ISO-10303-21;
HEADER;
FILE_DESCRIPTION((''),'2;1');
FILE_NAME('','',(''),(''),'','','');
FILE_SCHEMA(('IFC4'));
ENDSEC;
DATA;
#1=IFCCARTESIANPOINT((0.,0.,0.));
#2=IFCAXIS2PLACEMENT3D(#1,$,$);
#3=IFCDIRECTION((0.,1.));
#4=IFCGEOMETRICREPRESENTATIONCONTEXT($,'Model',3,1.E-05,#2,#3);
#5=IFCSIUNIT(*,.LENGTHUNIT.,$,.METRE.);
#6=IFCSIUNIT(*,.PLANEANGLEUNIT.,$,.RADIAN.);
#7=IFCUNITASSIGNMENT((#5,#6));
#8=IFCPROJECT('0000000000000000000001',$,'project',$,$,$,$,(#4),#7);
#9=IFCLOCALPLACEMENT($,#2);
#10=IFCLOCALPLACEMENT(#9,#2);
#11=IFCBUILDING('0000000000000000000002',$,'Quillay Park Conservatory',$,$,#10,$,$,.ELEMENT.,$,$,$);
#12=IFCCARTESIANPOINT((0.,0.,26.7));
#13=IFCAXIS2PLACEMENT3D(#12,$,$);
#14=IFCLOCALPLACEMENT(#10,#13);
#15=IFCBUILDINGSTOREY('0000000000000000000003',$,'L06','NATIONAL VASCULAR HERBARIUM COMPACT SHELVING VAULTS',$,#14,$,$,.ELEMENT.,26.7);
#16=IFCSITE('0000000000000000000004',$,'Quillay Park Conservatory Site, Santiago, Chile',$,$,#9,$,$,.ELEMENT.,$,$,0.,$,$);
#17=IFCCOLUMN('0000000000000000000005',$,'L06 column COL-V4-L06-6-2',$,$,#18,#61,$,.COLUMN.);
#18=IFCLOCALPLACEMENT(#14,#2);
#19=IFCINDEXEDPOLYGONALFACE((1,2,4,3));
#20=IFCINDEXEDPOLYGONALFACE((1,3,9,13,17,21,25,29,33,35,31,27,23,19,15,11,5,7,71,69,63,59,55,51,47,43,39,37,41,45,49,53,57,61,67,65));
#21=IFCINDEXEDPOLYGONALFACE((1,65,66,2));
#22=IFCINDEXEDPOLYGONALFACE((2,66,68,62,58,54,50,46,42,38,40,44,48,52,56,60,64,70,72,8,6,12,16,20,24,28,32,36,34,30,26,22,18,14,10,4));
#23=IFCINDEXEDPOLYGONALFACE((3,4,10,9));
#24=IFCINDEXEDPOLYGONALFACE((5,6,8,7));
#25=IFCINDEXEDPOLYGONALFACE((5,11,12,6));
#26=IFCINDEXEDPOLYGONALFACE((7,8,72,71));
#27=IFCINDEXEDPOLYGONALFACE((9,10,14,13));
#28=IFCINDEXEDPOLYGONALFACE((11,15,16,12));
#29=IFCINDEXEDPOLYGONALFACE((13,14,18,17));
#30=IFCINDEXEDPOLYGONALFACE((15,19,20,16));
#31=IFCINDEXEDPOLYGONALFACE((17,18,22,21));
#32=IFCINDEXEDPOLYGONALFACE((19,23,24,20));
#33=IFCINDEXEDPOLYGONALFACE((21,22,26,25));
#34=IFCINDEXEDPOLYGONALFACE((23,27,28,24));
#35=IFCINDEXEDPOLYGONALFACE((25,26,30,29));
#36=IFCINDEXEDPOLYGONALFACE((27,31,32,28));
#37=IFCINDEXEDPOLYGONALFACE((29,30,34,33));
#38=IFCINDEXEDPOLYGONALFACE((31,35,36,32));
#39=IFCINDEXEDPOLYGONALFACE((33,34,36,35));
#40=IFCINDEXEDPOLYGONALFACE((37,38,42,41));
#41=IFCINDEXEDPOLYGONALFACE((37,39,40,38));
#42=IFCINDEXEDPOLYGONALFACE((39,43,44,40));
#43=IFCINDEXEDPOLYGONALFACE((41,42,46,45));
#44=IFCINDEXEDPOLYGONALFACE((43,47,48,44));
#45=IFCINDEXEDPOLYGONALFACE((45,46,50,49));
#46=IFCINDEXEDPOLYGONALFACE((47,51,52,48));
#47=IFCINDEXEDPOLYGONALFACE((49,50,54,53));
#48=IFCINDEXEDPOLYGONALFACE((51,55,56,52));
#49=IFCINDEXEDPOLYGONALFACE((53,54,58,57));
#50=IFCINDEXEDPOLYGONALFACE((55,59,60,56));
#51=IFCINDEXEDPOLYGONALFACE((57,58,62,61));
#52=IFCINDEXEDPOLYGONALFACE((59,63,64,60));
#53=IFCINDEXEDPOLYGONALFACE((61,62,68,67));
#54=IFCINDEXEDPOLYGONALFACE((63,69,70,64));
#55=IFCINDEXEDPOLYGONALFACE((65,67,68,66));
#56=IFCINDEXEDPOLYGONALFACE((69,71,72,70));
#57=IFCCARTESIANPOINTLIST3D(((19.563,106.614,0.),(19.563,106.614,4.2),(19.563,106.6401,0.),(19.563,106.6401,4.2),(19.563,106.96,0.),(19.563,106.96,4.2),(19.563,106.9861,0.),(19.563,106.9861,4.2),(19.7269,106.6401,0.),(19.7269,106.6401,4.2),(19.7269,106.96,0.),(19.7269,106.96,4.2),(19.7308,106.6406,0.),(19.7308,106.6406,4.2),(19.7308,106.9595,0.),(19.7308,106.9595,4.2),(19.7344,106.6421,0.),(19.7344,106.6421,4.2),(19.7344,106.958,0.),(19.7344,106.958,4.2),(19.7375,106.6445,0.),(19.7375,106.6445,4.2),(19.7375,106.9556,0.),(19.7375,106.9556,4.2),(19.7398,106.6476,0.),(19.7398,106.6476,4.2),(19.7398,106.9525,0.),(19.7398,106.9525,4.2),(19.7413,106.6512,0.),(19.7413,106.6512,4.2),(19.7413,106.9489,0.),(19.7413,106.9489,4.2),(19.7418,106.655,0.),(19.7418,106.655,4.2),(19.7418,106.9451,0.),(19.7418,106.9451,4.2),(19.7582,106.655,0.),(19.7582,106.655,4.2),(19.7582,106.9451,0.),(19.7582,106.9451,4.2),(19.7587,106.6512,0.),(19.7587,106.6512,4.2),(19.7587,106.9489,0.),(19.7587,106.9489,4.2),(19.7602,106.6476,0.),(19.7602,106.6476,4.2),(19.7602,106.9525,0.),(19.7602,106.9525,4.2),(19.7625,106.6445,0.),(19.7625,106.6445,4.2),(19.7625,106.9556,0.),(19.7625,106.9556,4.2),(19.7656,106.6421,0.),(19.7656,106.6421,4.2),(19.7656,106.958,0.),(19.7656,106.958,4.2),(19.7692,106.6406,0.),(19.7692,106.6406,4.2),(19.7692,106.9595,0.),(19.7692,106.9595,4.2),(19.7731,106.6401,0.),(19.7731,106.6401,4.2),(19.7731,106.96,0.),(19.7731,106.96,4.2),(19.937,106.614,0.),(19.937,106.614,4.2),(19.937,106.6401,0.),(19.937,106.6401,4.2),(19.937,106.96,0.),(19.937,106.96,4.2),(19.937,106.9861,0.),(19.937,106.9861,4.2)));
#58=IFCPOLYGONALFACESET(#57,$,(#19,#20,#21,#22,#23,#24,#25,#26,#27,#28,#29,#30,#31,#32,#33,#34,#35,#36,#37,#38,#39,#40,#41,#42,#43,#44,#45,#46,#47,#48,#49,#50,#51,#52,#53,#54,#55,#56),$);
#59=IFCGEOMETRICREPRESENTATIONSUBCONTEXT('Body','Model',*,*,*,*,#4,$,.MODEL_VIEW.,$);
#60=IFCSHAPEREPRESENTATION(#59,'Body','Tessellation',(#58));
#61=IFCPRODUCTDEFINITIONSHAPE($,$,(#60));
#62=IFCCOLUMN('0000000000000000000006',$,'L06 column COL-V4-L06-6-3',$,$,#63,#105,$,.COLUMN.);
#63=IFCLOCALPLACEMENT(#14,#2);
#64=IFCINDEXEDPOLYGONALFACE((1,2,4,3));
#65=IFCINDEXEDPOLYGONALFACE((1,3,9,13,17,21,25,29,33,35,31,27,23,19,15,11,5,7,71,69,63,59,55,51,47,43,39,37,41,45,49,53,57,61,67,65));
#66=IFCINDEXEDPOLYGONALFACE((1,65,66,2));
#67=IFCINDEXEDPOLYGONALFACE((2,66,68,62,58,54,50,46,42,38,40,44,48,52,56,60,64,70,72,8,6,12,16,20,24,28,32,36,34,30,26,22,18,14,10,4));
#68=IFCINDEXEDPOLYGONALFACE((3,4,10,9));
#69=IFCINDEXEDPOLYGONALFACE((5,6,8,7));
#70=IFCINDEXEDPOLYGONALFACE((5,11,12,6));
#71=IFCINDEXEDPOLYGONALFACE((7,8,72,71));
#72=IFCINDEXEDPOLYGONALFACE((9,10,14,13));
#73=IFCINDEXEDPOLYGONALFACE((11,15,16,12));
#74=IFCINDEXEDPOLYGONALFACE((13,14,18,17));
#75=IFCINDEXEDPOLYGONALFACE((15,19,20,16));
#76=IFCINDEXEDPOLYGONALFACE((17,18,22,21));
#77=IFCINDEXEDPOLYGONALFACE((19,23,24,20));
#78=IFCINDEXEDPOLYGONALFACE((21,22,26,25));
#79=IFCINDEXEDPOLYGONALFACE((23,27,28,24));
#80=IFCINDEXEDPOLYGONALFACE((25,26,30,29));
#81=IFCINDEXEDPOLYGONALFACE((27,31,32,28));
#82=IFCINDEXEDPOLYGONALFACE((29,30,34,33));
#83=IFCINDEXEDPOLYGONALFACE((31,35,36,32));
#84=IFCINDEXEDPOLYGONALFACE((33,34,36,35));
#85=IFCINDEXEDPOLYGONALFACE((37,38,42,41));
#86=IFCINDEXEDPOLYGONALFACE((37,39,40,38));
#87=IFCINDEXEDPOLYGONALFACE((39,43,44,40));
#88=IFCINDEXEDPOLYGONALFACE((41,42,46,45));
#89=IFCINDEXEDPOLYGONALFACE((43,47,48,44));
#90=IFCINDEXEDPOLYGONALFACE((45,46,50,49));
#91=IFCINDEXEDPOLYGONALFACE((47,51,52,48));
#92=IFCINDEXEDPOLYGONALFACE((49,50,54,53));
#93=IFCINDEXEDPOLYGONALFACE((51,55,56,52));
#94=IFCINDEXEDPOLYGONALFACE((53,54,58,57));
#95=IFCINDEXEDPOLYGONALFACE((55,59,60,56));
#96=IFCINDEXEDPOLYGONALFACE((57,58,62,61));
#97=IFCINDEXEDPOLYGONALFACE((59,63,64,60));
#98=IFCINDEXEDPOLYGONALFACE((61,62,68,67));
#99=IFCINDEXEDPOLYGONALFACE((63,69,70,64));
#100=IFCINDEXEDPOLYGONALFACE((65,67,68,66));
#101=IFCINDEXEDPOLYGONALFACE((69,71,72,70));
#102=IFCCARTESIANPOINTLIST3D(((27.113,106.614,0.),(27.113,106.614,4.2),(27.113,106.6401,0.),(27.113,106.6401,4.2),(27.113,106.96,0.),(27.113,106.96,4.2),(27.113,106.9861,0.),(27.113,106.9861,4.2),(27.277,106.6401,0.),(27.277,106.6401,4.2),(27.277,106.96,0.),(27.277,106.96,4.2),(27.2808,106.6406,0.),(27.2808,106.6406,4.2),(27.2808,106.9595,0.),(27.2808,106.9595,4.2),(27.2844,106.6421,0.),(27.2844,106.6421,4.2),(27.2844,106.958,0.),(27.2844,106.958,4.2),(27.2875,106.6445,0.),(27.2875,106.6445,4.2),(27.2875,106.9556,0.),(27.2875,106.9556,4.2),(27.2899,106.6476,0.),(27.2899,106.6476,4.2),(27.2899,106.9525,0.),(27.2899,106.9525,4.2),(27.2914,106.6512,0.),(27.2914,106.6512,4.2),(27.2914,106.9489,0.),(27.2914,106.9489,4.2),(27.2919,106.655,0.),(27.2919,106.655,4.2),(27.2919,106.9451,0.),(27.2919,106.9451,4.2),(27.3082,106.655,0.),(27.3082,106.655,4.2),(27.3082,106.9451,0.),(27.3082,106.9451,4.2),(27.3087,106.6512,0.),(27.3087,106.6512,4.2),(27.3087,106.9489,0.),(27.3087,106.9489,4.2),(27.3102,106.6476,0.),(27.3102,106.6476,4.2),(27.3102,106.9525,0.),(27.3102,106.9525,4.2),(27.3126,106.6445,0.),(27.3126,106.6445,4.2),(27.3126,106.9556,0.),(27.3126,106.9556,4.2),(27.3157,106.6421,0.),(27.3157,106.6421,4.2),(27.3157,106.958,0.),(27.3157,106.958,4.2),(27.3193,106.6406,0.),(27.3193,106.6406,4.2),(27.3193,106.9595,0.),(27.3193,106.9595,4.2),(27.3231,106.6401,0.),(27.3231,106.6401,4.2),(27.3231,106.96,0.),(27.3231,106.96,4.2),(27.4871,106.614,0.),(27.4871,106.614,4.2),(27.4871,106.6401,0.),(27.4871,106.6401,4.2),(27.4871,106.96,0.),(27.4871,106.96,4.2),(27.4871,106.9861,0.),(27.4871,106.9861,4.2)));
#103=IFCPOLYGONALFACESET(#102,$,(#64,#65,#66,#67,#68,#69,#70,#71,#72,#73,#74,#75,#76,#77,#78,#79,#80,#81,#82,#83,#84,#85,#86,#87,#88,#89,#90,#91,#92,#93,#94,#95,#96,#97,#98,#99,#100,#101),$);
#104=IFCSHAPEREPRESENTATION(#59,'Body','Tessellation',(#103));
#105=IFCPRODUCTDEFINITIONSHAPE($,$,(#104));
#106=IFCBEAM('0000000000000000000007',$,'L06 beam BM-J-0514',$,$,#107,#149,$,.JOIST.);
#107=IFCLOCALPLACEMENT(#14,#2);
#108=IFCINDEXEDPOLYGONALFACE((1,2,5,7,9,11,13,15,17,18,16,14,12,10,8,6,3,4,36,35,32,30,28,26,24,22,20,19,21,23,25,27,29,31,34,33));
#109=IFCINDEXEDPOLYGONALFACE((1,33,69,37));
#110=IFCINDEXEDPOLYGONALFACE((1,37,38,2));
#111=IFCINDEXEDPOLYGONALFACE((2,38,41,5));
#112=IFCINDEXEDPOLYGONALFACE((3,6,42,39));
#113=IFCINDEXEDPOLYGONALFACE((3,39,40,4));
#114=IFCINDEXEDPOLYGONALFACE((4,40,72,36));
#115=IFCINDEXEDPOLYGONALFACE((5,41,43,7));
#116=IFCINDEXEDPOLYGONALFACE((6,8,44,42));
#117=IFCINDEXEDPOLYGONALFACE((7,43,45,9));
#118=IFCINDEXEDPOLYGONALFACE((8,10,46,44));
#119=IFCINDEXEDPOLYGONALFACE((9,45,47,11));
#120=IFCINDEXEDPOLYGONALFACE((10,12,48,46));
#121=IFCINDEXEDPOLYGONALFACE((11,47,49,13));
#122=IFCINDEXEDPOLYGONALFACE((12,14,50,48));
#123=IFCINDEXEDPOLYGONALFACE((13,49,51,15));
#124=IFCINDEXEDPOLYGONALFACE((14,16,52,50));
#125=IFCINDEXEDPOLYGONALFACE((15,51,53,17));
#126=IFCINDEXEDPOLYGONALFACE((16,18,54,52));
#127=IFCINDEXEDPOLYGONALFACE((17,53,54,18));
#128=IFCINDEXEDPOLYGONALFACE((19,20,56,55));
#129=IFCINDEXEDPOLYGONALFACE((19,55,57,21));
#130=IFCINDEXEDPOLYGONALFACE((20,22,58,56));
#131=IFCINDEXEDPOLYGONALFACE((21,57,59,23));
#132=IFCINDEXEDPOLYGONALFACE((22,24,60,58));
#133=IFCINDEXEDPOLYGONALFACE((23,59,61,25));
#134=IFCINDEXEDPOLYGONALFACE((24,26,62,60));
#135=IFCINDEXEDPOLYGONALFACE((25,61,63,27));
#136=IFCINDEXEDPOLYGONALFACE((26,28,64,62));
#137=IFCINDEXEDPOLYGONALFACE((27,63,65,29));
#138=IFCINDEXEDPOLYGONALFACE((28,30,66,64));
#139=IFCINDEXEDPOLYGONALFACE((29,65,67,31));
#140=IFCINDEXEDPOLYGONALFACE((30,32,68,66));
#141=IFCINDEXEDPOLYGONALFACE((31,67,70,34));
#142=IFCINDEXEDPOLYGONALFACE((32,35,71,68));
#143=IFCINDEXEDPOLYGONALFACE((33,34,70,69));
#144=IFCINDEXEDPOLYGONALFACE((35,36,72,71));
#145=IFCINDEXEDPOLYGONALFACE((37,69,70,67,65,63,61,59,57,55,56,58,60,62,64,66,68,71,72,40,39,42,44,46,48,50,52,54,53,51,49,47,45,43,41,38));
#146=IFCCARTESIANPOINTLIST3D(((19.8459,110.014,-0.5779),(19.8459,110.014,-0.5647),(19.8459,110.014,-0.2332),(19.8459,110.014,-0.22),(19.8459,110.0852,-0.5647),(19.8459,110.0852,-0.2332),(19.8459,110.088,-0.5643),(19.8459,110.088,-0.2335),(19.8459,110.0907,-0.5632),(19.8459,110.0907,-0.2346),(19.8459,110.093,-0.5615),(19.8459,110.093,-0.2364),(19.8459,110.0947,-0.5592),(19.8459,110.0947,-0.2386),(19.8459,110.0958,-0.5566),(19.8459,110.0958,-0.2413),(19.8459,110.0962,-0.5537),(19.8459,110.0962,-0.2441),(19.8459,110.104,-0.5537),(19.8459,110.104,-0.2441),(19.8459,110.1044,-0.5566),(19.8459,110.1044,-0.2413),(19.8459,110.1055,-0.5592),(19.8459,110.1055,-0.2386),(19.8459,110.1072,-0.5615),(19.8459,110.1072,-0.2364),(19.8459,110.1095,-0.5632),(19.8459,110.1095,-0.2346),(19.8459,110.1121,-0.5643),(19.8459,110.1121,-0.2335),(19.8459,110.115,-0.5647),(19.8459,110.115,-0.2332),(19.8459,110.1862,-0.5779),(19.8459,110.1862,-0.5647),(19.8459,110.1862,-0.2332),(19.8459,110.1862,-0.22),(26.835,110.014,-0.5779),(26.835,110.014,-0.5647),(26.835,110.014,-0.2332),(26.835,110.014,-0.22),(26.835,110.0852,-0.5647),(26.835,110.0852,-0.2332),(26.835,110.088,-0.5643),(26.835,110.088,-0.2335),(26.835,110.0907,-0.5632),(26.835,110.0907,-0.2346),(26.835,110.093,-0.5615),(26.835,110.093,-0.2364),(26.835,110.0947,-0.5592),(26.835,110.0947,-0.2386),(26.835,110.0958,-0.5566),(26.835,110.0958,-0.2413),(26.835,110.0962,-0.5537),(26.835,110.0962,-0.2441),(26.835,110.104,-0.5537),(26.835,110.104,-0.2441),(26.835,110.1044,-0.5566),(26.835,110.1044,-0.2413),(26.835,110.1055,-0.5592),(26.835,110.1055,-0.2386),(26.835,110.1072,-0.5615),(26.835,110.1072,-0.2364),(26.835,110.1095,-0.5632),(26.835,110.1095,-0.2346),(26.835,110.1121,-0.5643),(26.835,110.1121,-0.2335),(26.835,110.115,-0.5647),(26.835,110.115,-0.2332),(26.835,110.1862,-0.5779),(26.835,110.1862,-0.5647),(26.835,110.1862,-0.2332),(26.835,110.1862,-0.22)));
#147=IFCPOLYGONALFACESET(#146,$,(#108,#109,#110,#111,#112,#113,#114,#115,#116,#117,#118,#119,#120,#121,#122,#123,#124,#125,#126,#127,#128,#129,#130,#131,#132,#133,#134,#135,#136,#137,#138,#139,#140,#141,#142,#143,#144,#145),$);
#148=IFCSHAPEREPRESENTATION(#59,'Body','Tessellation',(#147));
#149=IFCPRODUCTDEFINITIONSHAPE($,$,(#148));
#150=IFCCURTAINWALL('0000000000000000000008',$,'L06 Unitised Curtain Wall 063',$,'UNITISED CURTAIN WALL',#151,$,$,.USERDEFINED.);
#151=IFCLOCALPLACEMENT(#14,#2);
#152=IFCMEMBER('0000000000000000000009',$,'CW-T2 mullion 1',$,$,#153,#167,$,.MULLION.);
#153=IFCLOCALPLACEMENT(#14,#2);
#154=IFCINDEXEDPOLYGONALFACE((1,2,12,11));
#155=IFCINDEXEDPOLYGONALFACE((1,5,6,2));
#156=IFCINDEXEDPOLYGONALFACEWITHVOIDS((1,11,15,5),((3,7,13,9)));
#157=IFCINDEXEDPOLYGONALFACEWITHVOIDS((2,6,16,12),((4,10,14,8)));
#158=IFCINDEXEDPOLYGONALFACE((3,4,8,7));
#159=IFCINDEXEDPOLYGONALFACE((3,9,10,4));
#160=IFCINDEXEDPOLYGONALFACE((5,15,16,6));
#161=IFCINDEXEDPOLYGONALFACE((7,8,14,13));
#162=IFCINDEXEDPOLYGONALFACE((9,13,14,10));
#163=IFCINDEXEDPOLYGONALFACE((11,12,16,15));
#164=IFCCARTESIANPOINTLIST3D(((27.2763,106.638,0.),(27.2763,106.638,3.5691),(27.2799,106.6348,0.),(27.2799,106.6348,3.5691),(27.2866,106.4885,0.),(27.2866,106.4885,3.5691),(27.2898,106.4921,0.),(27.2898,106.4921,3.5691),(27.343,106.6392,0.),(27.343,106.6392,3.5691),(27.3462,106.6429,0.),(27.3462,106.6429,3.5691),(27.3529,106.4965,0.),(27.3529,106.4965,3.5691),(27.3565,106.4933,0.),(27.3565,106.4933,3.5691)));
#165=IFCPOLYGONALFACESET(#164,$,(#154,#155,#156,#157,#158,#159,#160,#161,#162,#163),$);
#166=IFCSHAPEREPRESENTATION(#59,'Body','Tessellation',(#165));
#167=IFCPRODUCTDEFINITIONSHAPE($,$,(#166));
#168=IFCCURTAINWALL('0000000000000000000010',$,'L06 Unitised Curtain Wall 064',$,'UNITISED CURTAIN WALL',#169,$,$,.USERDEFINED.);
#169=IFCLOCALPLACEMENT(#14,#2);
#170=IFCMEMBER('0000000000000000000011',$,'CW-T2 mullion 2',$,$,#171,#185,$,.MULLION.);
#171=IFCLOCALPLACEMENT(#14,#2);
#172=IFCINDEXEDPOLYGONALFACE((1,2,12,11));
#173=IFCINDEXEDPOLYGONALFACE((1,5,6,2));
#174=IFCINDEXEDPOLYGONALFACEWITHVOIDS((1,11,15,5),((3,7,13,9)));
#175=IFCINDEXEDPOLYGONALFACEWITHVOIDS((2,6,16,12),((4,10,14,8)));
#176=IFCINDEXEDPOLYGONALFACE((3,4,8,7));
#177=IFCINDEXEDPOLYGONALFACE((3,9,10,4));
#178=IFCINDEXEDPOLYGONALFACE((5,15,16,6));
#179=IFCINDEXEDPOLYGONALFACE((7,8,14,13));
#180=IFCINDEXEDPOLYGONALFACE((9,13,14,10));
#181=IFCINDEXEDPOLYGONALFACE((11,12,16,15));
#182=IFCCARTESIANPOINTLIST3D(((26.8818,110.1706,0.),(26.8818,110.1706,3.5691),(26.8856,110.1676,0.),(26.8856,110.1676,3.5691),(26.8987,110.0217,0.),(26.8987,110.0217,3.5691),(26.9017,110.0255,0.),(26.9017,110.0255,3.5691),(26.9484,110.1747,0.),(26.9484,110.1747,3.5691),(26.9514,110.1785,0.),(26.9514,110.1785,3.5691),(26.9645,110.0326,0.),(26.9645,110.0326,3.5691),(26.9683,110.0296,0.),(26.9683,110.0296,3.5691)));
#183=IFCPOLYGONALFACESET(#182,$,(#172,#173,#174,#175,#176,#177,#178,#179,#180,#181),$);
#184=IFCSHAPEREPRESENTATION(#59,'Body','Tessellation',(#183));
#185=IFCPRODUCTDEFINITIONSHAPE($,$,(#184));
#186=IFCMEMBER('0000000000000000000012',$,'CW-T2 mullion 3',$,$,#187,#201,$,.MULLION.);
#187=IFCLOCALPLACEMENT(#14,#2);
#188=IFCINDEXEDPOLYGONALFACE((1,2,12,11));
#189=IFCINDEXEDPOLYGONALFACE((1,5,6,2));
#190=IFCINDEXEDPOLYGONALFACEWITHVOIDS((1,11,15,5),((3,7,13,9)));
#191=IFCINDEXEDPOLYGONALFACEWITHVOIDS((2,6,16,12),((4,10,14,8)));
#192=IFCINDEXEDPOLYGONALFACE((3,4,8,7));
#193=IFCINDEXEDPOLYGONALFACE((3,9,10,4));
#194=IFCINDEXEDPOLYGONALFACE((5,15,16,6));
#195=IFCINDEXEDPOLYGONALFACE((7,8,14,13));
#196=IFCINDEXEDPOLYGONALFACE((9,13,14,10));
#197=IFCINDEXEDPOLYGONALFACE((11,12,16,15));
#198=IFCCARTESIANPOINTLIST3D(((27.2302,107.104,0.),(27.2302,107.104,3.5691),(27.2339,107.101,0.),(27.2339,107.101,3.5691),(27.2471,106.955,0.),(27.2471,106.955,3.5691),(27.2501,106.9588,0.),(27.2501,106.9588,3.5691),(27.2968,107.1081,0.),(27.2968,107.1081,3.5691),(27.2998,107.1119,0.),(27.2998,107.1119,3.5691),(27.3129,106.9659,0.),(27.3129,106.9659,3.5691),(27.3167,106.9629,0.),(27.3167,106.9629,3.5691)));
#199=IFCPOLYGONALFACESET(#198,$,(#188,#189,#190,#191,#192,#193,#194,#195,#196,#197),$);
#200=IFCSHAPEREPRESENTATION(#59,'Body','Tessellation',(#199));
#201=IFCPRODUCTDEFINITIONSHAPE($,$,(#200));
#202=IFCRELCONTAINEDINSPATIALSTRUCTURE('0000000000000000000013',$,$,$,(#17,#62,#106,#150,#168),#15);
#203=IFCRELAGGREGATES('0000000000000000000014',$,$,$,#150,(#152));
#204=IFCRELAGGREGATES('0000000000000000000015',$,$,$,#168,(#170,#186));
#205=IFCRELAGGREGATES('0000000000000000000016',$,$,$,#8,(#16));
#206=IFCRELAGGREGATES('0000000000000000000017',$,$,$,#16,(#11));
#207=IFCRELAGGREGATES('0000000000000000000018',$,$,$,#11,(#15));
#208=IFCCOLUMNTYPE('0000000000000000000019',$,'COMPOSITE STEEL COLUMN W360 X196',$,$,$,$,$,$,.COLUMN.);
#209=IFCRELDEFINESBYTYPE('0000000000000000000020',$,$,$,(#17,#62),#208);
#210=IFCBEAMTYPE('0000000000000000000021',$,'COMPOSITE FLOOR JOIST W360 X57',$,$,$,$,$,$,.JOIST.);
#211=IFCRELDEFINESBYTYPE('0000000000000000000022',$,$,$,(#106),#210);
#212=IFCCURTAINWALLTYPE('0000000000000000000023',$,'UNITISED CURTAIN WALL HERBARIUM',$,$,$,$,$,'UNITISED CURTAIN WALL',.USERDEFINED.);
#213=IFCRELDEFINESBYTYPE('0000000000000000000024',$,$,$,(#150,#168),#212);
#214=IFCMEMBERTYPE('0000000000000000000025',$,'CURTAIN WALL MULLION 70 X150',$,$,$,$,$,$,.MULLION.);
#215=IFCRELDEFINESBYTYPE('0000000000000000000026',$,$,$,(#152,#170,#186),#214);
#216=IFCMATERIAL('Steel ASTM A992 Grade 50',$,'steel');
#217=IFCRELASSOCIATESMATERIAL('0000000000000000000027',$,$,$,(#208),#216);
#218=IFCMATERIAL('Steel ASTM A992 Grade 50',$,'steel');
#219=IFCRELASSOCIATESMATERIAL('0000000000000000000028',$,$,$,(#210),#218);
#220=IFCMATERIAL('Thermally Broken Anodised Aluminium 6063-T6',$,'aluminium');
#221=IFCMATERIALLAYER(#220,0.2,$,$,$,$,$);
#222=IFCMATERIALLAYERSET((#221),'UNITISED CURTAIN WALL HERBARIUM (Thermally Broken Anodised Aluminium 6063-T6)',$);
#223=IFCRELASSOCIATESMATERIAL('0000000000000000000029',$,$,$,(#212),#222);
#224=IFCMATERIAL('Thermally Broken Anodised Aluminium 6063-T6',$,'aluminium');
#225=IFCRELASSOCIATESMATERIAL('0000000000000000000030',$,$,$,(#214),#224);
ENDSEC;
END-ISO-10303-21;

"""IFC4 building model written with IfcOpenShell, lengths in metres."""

from ifc_helpers import new_model, si_unit, direction, frame, origin, origin_2d, place, context, subcontext, project, spatial, hollow_rectangle, i_section, extrude, material, layer, layer_set, material_profile, profile_set, type_object, element, aggregate, save


model = new_model("IFC4")

# Units and contexts
model_context = context("Model", 3, precision=1e-05, world=origin(), true_north=direction((0.0, 1.0)))
body_context = subcontext(model_context, "Body", "Model", "MODEL_VIEW")
ifc_project = project(units=[si_unit("LENGTHUNIT", "METRE"), si_unit("PLANEANGLEUNIT", "RADIAN")], contexts=[model_context])

# Site, building, storey
site_placement = place(None, origin())
site = spatial("IfcSite", under=ifc_project, at=site_placement, Name="Quillay Park Conservatory Site, Santiago, Chile", CompositionType="ELEMENT", RefElevation=0.0)
building_placement = place(site_placement, origin())
building = spatial("IfcBuilding", under=site, at=building_placement, Name="Quillay Park Conservatory", CompositionType="ELEMENT")
storey_placement = place(building_placement, frame((0.0, 0.0, 26.7)))
storey = spatial("IfcBuildingStorey", under=building, at=storey_placement, Name="L06", Description="NATIONAL VASCULAR HERBARIUM COMPACT SHELVING VAULTS", CompositionType="ELEMENT", Elevation=26.7)

# Columns
ifc_material_1 = material(Name="Steel ASTM A992 Grade 50", Category="steel")
ifc_material_profile_1 = material_profile(ifc_material_1, i_section(OverallWidth=0.374, OverallDepth=0.3721, WebThickness=0.0164, FlangeThickness=0.0261, FilletRadius=0.0149, at=origin_2d()), Name="W360x196")
ifc_profile_set_1 = profile_set([ifc_material_profile_1], Name="Steel ASTM A992 Grade 50")
column_type = type_object("IfcColumnType", Name="COMPOSITE STEEL COLUMN W360 X196", PredefinedType="COLUMN", material=ifc_profile_set_1)
for number, where, z_axis, x_axis, name in (
    (1, (19.75, 106.8, 0.0), (0.0, 0.0, 1.0), (1.0, 0.0, 0.0), "L06 column COL-V4-L06-6-2"),
    (2, (27.3, 106.8, 0.0), (0.0, 0.0, 1.0), (1.0, 0.0, 0.0), "L06 column COL-V4-L06-6-3"),
):
    element("IfcColumn", number, at=place(storey_placement, frame(where, z_axis=z_axis, x_axis=x_axis)), inside=storey, type_object=column_type, Name=name, PredefinedType="COLUMN", context=body_context, shape_type="SweptSolid", body=[
        extrude(i_section(OverallWidth=0.374, OverallDepth=0.3721, WebThickness=0.0164, FlangeThickness=0.0261, FilletRadius=0.0149, at=origin_2d()), origin(), (0.0, 0.0, 1.0), 4.2),
    ])

# Beam
ifc_material_2 = material(Name="Steel ASTM A992 Grade 50", Category="steel")
ifc_material_profile_2 = material_profile(ifc_material_2, i_section(OverallWidth=0.1721, OverallDepth=0.3579, WebThickness=0.0078, FlangeThickness=0.0132, FilletRadius=0.011, at=origin_2d()), Name="W360x57")
ifc_profile_set_2 = profile_set([ifc_material_profile_2], Name="Steel ASTM A992 Grade 50")
beam_type_1 = type_object("IfcBeamType", Name="COMPOSITE FLOOR JOIST W360 X57", PredefinedType="JOIST", material=ifc_profile_set_2)
beam_1_placement = place(storey_placement, frame((19.8459, 110.1001, -0.3989), z_axis=(1.0, 0.0, 0.0), x_axis=(0.0, 1.0, 0.0)))
element("IfcBeam", 3, at=beam_1_placement, inside=storey, type_object=beam_type_1, Name="L06 beam BM-J-0514", PredefinedType="JOIST", context=body_context, shape_type="SweptSolid", body=[
    extrude(i_section(OverallWidth=0.1721, OverallDepth=0.3579, WebThickness=0.0078, FlangeThickness=0.0132, FilletRadius=0.011, at=origin_2d()), origin(), (0.0, 0.0, 1.0), 6.989),
])

# Curtain wall, member
ifc_material_3 = material(Name="Thermally Broken Anodised Aluminium 6063-T6", Category="aluminium")
ifc_layer_1 = layer(ifc_material_3, 0.2)
ifc_layer_set_1 = layer_set([ifc_layer_1], Name="UNITISED CURTAIN WALL HERBARIUM (Thermally Broken Anodised Aluminium 6063-T6)")
curtain_wall_type = type_object("IfcCurtainWallType", Name="UNITISED CURTAIN WALL HERBARIUM", ElementType="UNITISED CURTAIN WALL", PredefinedType="USERDEFINED", material=ifc_layer_set_1)
curtain_wall_1_placement = place(storey_placement, origin())
curtain_wall_1 = element("IfcCurtainWall", 4, at=curtain_wall_1_placement, inside=storey, type_object=curtain_wall_type, Name="L06 Unitised Curtain Wall 063", ObjectType="UNITISED CURTAIN WALL", PredefinedType="USERDEFINED")
ifc_material_4 = material(Name="Thermally Broken Anodised Aluminium 6063-T6", Category="aluminium")
ifc_material_profile_3 = material_profile(ifc_material_4, hollow_rectangle(XDim=0.0701, YDim=0.1499, WallThickness=0.0034, at=origin_2d()), Name="AL70x150x3.5")
ifc_profile_set_3 = profile_set([ifc_material_profile_3], Name="Thermally Broken Anodised Aluminium 6063-T6")
member_type_1 = type_object("IfcMemberType", Name="CURTAIN WALL MULLION 70 X150", PredefinedType="MULLION", material=ifc_profile_set_3)
member_1_placement = place(storey_placement, frame((27.3164, 106.5657, 0.0), z_axis=(0.0, 0.0, 1.0), x_axis=(0.997598, 0.069264, 0.0)))
member_1 = element("IfcMember", 5, at=member_1_placement, type_object=member_type_1, Name="CW-T2 mullion 1", PredefinedType="MULLION", context=body_context, shape_type="SweptSolid", body=[
    extrude(hollow_rectangle(XDim=0.0701, YDim=0.1499, WallThickness=0.0034, at=origin_2d()), origin(), (0.0, 0.0, 1.0), 3.5691),
])

# Curtain wall, members
curtain_wall_2_placement = place(storey_placement, origin())
curtain_wall_2 = element("IfcCurtainWall", 6, at=curtain_wall_2_placement, inside=storey, type_object=curtain_wall_type, Name="L06 Unitised Curtain Wall 064", ObjectType="UNITISED CURTAIN WALL", PredefinedType="USERDEFINED")
member_2_placement = place(storey_placement, frame((26.925, 110.1001, 0.0), z_axis=(0.0, 0.0, 1.0), x_axis=(0.993606, 0.112903, 0.0)))
member_2 = element("IfcMember", 7, at=member_2_placement, type_object=member_type_1, Name="CW-T2 mullion 2", PredefinedType="MULLION", context=body_context, shape_type="SweptSolid", body=[
    extrude(hollow_rectangle(XDim=0.0701, YDim=0.1499, WallThickness=0.0034, at=origin_2d()), origin(), (0.0, 0.0, 1.0), 3.5691),
])
member_3_placement = place(storey_placement, frame((27.2734, 107.0334, 0.0), z_axis=(0.0, 0.0, 1.0), x_axis=(0.993606, 0.112903, 0.0)))
member_3 = element("IfcMember", 8, at=member_3_placement, type_object=member_type_1, Name="CW-T2 mullion 3", PredefinedType="MULLION", context=body_context, shape_type="SweptSolid", body=[
    extrude(hollow_rectangle(XDim=0.0701, YDim=0.1499, WallThickness=0.0034, at=origin_2d()), origin(), (0.0, 0.0, 1.0), 3.5691),
])

aggregate(curtain_wall_1, [member_1])
aggregate(curtain_wall_2, [member_2, member_3])

save(model, "model.ifc")
